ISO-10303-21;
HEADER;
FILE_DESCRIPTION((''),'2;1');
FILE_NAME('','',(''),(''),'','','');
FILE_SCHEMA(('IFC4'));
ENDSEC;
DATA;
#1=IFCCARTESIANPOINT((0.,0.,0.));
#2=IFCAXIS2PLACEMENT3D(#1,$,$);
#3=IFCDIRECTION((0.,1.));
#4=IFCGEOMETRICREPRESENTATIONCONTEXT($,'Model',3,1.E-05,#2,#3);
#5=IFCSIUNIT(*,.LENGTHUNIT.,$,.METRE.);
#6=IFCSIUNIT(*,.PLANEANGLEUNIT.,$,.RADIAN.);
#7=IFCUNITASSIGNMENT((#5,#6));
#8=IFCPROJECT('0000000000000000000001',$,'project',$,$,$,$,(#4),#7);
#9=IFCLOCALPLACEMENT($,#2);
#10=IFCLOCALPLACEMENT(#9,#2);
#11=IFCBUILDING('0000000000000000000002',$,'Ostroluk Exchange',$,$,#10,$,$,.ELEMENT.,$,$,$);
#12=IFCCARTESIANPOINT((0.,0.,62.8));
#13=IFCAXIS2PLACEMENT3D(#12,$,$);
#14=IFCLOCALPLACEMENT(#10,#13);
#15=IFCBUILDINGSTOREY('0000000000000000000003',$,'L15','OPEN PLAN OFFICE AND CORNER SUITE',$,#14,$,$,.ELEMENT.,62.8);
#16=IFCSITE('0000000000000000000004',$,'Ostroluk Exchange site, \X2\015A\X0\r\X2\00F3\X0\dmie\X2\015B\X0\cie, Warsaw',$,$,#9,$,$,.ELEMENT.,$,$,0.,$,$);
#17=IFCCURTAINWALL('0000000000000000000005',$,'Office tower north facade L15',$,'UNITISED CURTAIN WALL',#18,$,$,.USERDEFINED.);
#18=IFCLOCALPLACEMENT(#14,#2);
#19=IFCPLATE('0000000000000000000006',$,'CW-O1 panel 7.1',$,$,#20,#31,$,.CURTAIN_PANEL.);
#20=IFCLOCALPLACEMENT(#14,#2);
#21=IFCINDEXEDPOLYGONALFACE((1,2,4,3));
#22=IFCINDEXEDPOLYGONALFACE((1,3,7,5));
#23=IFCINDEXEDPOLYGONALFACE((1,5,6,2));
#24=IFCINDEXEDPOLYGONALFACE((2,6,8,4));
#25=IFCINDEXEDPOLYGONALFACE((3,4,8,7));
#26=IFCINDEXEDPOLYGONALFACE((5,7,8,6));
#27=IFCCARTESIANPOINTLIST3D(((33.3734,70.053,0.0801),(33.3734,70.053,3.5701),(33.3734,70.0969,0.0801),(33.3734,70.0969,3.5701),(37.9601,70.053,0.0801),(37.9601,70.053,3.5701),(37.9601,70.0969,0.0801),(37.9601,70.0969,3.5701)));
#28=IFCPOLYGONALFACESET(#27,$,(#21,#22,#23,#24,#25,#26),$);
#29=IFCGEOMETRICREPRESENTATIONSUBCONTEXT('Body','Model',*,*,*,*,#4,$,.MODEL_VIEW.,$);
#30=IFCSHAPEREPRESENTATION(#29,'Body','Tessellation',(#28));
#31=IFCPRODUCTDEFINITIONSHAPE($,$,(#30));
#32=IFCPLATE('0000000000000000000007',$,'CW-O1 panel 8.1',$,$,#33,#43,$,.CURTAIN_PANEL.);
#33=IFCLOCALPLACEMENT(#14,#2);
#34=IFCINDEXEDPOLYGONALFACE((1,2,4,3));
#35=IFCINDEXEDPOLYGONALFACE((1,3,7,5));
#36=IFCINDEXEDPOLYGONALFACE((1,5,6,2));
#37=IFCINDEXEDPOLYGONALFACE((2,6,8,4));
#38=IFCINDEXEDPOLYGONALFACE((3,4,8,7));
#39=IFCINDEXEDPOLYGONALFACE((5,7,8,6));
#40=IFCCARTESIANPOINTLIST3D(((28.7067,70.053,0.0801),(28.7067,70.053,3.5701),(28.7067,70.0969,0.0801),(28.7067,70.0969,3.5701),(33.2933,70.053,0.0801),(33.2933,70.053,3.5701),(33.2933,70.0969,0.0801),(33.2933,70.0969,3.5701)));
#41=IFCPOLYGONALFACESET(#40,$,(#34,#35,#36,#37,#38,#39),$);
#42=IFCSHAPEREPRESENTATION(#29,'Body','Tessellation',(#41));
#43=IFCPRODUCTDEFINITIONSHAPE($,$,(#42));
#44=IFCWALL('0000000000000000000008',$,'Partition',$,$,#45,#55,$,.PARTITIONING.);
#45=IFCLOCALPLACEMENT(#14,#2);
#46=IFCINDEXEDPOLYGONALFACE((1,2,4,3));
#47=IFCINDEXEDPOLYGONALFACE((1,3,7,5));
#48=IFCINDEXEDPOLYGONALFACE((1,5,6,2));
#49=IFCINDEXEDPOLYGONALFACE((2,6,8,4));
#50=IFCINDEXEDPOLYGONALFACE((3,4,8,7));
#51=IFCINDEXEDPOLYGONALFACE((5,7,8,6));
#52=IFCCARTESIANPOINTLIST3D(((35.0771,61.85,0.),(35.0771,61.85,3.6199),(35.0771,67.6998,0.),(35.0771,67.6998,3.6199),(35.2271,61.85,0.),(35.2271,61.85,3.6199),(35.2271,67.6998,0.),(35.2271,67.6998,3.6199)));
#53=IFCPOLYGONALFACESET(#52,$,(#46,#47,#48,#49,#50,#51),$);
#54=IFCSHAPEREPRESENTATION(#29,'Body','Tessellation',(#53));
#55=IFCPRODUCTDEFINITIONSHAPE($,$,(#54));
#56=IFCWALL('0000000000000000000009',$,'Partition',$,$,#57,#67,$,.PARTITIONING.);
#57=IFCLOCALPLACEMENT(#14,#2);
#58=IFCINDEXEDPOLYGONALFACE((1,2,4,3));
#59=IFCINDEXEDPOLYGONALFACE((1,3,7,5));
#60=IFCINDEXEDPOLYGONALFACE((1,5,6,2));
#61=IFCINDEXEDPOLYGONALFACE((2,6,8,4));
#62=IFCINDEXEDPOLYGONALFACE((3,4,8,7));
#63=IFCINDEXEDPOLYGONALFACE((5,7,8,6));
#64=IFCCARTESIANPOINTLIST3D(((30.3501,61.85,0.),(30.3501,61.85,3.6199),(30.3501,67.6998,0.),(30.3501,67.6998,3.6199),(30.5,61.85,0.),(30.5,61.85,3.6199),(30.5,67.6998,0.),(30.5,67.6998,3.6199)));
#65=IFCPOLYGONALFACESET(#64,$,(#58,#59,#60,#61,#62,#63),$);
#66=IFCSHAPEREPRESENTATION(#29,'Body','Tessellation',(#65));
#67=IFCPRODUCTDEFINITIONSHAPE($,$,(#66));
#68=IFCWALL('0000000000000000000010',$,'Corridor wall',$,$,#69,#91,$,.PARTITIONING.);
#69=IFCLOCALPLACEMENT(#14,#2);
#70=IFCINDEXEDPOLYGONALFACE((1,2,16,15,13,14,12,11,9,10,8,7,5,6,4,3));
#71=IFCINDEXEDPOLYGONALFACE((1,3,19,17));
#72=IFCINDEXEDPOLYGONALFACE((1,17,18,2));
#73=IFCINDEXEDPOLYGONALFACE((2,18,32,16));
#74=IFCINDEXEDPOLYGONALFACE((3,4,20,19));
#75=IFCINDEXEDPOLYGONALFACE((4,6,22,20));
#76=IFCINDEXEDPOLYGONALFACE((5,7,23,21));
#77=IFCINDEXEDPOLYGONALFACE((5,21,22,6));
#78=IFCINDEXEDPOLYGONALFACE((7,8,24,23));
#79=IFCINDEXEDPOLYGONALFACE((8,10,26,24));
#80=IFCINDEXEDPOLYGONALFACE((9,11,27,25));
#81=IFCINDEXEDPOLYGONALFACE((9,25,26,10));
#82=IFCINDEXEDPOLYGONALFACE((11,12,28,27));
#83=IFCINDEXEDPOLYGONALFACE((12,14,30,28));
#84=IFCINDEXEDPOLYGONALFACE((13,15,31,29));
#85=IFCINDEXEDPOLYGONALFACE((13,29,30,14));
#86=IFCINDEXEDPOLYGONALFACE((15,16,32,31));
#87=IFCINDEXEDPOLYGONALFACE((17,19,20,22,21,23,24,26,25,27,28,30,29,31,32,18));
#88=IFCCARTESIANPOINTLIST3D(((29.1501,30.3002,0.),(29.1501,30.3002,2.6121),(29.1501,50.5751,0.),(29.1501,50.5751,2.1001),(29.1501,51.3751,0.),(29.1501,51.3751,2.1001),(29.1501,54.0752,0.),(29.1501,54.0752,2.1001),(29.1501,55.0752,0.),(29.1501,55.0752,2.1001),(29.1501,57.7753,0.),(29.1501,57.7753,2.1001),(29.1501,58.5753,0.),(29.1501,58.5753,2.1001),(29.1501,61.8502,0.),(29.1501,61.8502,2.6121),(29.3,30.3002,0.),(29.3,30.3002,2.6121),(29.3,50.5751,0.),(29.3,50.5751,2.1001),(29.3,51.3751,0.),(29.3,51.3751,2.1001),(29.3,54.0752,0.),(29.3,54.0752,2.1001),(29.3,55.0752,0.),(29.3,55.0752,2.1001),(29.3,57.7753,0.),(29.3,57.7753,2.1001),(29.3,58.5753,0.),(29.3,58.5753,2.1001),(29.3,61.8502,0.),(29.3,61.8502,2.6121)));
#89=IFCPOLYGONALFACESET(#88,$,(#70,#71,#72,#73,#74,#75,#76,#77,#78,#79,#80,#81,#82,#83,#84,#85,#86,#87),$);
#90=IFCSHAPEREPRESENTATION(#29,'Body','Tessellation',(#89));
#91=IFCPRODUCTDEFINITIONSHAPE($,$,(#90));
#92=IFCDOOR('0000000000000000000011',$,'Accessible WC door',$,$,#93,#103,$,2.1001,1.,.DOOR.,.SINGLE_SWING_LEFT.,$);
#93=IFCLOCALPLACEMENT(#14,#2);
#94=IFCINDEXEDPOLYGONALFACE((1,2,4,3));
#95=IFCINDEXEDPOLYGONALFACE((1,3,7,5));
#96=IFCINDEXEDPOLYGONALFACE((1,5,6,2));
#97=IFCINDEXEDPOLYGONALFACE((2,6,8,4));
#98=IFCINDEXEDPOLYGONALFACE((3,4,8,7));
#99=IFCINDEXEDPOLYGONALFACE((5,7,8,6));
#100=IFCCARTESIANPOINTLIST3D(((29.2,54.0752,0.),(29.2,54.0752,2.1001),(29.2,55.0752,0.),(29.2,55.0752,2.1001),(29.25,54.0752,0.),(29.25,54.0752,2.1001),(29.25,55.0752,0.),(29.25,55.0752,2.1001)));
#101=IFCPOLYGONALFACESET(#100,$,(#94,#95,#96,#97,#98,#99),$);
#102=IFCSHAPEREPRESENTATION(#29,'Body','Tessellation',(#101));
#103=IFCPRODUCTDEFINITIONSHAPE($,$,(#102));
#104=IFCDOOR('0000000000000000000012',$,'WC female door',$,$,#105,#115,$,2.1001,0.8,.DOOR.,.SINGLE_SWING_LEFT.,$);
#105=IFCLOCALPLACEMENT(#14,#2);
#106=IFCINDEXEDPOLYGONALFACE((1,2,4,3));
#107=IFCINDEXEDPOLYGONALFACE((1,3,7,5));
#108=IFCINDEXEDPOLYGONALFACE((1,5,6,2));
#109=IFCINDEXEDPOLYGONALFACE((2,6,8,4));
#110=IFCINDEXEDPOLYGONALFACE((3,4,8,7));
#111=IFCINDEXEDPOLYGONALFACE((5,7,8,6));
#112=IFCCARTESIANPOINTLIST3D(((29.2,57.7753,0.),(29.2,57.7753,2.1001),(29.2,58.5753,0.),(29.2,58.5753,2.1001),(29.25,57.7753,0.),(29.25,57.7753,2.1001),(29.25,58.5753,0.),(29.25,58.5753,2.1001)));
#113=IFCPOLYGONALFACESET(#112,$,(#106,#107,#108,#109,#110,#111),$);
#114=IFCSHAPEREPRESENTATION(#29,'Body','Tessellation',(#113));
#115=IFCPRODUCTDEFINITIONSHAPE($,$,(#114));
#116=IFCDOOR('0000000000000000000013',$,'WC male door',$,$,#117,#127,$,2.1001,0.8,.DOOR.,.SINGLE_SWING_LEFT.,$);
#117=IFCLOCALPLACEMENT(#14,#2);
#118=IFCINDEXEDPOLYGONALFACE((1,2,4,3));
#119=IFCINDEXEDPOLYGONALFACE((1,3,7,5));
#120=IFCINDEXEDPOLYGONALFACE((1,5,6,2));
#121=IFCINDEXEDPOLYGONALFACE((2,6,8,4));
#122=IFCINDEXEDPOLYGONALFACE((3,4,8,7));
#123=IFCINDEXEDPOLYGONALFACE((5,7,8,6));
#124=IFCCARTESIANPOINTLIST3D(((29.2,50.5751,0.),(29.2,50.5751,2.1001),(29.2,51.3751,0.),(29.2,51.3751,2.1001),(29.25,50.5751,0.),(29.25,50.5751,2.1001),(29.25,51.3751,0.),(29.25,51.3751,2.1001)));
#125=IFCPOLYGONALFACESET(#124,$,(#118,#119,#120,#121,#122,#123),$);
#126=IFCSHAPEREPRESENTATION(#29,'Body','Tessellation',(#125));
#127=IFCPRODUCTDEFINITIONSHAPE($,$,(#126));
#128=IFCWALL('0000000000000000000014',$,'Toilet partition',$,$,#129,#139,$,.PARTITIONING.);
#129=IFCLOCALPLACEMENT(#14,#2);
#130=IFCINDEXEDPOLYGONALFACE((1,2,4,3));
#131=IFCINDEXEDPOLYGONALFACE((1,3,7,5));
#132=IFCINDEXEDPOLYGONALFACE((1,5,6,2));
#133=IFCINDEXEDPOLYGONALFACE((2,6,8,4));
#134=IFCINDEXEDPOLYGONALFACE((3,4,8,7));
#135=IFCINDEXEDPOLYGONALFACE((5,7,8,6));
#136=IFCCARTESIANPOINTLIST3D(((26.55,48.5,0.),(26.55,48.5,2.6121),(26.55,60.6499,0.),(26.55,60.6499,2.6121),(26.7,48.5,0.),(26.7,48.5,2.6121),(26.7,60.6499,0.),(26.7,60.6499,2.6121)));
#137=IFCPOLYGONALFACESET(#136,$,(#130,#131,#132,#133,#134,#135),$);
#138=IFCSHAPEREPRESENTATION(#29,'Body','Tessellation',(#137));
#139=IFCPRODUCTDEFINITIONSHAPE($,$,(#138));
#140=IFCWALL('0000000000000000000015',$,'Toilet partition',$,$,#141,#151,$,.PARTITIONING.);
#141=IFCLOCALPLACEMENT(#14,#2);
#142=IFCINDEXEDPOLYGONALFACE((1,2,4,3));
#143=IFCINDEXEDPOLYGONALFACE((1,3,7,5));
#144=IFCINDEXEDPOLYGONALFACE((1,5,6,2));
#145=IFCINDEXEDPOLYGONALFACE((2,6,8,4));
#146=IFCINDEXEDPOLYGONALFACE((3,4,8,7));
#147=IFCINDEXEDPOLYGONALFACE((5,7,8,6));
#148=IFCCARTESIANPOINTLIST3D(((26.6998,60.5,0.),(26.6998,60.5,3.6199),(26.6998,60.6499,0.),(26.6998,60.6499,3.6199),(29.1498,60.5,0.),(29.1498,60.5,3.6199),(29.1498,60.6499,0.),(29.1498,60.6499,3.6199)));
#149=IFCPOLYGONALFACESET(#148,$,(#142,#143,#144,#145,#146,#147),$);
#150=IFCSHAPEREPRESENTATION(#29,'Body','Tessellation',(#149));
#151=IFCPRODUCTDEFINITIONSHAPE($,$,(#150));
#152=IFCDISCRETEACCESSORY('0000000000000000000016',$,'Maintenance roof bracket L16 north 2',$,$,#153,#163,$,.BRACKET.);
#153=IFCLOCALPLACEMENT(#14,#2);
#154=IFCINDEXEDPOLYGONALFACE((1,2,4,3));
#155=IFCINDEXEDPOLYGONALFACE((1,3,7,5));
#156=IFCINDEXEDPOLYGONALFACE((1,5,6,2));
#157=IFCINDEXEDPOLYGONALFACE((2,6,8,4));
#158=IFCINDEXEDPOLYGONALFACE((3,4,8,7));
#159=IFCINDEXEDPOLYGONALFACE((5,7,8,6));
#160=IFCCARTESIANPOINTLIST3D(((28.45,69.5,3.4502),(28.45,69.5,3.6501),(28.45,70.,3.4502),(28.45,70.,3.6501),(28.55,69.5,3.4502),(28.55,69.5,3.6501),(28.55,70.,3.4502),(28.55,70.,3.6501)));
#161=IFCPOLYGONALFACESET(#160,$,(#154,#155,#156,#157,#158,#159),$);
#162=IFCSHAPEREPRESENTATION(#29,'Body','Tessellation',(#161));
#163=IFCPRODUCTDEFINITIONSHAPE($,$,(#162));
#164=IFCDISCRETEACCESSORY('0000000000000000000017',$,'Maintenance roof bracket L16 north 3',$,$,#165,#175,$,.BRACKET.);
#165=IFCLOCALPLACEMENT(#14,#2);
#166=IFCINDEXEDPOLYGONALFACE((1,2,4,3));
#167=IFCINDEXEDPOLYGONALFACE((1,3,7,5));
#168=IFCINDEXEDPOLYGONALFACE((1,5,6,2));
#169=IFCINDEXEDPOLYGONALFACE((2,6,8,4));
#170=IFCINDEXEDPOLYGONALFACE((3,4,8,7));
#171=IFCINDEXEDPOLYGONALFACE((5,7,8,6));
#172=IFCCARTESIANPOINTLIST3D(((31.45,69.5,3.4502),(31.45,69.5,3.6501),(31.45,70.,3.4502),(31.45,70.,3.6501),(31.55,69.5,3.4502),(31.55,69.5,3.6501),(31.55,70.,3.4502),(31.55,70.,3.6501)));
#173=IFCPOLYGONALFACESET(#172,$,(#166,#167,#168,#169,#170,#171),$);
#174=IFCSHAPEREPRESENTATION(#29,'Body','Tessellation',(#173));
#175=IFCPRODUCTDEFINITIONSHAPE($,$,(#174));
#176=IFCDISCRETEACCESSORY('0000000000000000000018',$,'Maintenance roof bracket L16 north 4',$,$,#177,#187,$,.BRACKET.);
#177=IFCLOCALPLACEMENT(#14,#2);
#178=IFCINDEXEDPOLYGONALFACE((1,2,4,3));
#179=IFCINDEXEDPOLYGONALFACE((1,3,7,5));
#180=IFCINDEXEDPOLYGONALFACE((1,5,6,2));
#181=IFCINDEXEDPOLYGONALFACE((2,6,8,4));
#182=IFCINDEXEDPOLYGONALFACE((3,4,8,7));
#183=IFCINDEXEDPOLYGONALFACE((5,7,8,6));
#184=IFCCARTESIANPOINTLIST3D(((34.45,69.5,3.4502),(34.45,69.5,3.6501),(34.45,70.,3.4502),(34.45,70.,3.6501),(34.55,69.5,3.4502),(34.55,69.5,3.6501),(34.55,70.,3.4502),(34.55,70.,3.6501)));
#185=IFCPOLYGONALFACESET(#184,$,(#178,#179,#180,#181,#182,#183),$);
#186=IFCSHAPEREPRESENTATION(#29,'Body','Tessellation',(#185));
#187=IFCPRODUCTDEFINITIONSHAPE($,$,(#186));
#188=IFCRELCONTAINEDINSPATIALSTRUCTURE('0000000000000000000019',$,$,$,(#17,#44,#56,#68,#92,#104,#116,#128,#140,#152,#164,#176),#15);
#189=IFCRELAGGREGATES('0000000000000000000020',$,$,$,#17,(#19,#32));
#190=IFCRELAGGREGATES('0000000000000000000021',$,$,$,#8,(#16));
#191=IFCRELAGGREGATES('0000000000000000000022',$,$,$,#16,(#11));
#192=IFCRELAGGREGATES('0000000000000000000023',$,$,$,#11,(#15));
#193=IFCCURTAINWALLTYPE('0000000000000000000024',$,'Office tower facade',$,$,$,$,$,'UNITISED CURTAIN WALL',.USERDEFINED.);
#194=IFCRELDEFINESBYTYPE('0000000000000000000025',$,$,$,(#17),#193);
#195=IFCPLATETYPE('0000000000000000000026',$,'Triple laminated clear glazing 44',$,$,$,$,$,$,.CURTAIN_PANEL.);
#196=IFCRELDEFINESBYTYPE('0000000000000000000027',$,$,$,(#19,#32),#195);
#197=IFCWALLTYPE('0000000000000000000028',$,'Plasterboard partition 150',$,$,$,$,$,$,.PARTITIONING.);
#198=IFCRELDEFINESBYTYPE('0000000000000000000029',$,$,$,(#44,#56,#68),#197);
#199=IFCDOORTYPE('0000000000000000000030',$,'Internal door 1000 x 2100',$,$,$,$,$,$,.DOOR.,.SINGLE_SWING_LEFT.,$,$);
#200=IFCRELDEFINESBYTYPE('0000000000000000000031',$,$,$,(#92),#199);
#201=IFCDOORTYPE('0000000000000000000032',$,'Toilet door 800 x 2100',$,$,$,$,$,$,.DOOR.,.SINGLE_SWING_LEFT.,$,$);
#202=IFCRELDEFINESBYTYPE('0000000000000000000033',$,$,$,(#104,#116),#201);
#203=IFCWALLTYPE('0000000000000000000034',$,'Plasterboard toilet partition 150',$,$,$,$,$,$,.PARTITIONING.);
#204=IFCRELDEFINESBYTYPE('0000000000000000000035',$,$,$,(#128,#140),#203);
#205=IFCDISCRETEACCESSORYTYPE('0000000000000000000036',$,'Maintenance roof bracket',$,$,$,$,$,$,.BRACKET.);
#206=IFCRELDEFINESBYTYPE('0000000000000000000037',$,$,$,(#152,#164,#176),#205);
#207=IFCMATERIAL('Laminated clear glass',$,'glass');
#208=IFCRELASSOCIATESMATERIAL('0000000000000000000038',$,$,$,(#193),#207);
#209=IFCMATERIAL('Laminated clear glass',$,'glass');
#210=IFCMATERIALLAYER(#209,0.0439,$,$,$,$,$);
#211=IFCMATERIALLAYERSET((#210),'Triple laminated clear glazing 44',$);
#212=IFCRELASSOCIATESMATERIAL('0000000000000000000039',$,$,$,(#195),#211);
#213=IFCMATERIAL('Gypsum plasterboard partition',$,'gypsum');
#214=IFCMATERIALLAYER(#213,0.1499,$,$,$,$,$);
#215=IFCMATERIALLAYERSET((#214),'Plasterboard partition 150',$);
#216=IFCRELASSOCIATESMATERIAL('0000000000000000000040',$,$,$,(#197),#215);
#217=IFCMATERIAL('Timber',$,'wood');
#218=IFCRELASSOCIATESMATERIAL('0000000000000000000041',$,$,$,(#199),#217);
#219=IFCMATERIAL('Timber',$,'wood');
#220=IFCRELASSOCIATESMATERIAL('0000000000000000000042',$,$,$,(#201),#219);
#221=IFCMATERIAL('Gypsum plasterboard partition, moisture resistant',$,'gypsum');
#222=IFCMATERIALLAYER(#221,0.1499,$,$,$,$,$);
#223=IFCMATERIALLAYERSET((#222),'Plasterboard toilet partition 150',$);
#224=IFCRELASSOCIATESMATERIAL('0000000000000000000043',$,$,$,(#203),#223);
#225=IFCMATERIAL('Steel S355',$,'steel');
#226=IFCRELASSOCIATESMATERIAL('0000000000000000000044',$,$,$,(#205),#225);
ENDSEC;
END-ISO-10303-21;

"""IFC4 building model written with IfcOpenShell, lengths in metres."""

from ifc_helpers import new_model, si_unit, direction, frame, frame_2d, origin, origin_2d, place, context, subcontext, project, spatial, rectangle, extrude, material, layer, layer_set, type_object, element, fill, aggregate, save


model = new_model("IFC4")

# Units and contexts
model_context = context("Model", 3, precision=1e-05, world=origin(), true_north=direction((0.0, 1.0)))
body_context = subcontext(model_context, "Body", "Model", "MODEL_VIEW")
ifc_project = project(units=[si_unit("LENGTHUNIT", "METRE"), si_unit("PLANEANGLEUNIT", "RADIAN")], contexts=[model_context])

# Site, building, storey
site_placement = place(None, origin())
site = spatial("IfcSite", under=ifc_project, at=site_placement, Name="Ostroluk Exchange site, Śródmieście, Warsaw", CompositionType="ELEMENT", RefElevation=0.0)
building_placement = place(site_placement, origin())
building = spatial("IfcBuilding", under=site, at=building_placement, Name="Ostroluk Exchange", CompositionType="ELEMENT")
storey_placement = place(building_placement, frame((0.0, 0.0, 62.8)))
storey = spatial("IfcBuildingStorey", under=building, at=storey_placement, Name="L15", Description="OPEN PLAN OFFICE AND CORNER SUITE", CompositionType="ELEMENT", Elevation=62.8)

# Curtain wall, plates
ifc_material_1 = material(Name="Laminated clear glass", Category="glass")
curtain_wall_type = type_object("IfcCurtainWallType", Name="Office tower facade", ElementType="UNITISED CURTAIN WALL", PredefinedType="USERDEFINED", material=ifc_material_1)
curtain_wall_placement = place(storey_placement, origin())
curtain_wall = element("IfcCurtainWall", 1, at=curtain_wall_placement, inside=storey, type_object=curtain_wall_type, Name="Office tower north facade L15", ObjectType="UNITISED CURTAIN WALL", PredefinedType="USERDEFINED")
ifc_material_2 = material(Name="Laminated clear glass", Category="glass")
ifc_layer_1 = layer(ifc_material_2, 0.0439)
ifc_layer_set_1 = layer_set([ifc_layer_1], Name="Triple laminated clear glazing 44")
plate_type = type_object("IfcPlateType", Name="Triple laminated clear glazing 44", PredefinedType="CURTAIN_PANEL", material=ifc_layer_set_1)
plate_1_placement = place(storey_placement, frame((35.6667, 70.075, 0.0801), z_axis=(0.0, 0.0, 1.0), x_axis=(-1.0, 0.0, 0.0)))
plate_1 = element("IfcPlate", 2, at=plate_1_placement, type_object=plate_type, Name="CW-O1 panel 7.1", PredefinedType="CURTAIN_PANEL", context=body_context, shape_type="SweptSolid", body=[
    extrude(rectangle(XDim=4.5867, YDim=0.0439, at=origin_2d()), origin(), (0.0, 0.0, 1.0), 3.49),
])
plate_2_placement = place(storey_placement, frame((31.0, 70.075, 0.0801), z_axis=(0.0, 0.0, 1.0), x_axis=(-1.0, 0.0, 0.0)))
plate_2 = element("IfcPlate", 3, at=plate_2_placement, type_object=plate_type, Name="CW-O1 panel 8.1", PredefinedType="CURTAIN_PANEL", context=body_context, shape_type="SweptSolid", body=[
    extrude(rectangle(XDim=4.5867, YDim=0.0439, at=origin_2d()), origin(), (0.0, 0.0, 1.0), 3.49),
])
aggregate(curtain_wall, [plate_1, plate_2])

# Walls
ifc_material_3 = material(Name="Gypsum plasterboard partition", Category="gypsum")
ifc_layer_2 = layer(ifc_material_3, 0.1499)
ifc_layer_set_2 = layer_set([ifc_layer_2], Name="Plasterboard partition 150")
wall_type_1 = type_object("IfcWallType", Name="Plasterboard partition 150", PredefinedType="PARTITIONING", material=ifc_layer_set_2)
for number, where, z_axis, x_axis, name in (
    (4, (35.1521, 61.8501, 0.0), (0.0, 0.0, 1.0), (0.0, 1.0, 0.0), "Partition"),
    (5, (30.425, 61.8501, 0.0), (0.0, 0.0, 1.0), (0.0, 1.0, 0.0), "Partition"),
):
    element("IfcWall", number, at=place(storey_placement, frame(where, z_axis=z_axis, x_axis=x_axis)), inside=storey, type_object=wall_type_1, Name=name, PredefinedType="PARTITIONING", context=body_context, shape_type="SweptSolid", body=[
        extrude(rectangle(XDim=5.8499, YDim=0.1499, at=frame_2d((2.9248, 0.0))), origin(), (0.0, 0.0, 1.0), 3.6199),
    ])

# Wall, openings, doors
wall_1_placement = place(storey_placement, frame((29.2251, 61.8501, 0.0), z_axis=(0.0, 0.0, 1.0), x_axis=(0.0, -1.0, 0.0)))
wall_1 = element("IfcWall", 6, at=wall_1_placement, inside=storey, type_object=wall_type_1, Name="Corridor wall", PredefinedType="PARTITIONING", context=body_context, shape_type="SweptSolid", body=[
    extrude(rectangle(XDim=31.55, YDim=0.1499, at=frame_2d((15.7749, 0.0))), origin(), (0.0, 0.0, 1.0), 2.6121),
])
opening_1_placement = place(wall_1_placement, frame((3.2749, 0.0, 0.0)))
opening_1 = element("IfcOpeningElement", 7, at=opening_1_placement, cuts=wall_1, PredefinedType="OPENING", context=body_context, shape_type="SweptSolid", body=[
    extrude(rectangle(XDim=0.8, YDim=2.1001, at=frame_2d((0.3999, 1.05))), frame((0.0, 0.085, 0.0), z_axis=(0.0, -1.0, 0.0), x_axis=(1.0, 0.0, 0.0)), (0.0, 0.0, 1.0), 0.1699),
])
opening_2_placement = place(wall_1_placement, frame((6.7749, 0.0, 0.0)))
opening_2 = element("IfcOpeningElement", 8, at=opening_2_placement, cuts=wall_1, PredefinedType="OPENING", context=body_context, shape_type="SweptSolid", body=[
    extrude(rectangle(XDim=1.0, YDim=2.1001, at=frame_2d((0.5, 1.05))), frame((0.0, 0.085, 0.0), z_axis=(0.0, -1.0, 0.0), x_axis=(1.0, 0.0, 0.0)), (0.0, 0.0, 1.0), 0.1699),
])
opening_3_placement = place(wall_1_placement, frame((10.4751, 0.0, 0.0)))
opening_3 = element("IfcOpeningElement", 9, at=opening_3_placement, cuts=wall_1, PredefinedType="OPENING", context=body_context, shape_type="SweptSolid", body=[
    extrude(rectangle(XDim=0.8, YDim=2.1001, at=frame_2d((0.3999, 1.05))), frame((0.0, 0.085, 0.0), z_axis=(0.0, -1.0, 0.0), x_axis=(1.0, 0.0, 0.0)), (0.0, 0.0, 1.0), 0.1699),
])
ifc_material_4 = material(Name="Timber", Category="wood")
door_type_1 = type_object("IfcDoorType", Name="Internal door 1000 x 2100", OperationType="SINGLE_SWING_LEFT", PredefinedType="DOOR", material=ifc_material_4)
door_1_placement = place(opening_2_placement, origin())
door_1 = element("IfcDoor", 10, at=door_1_placement, inside=storey, type_object=door_type_1, Name="Accessible WC door", OperationType="SINGLE_SWING_LEFT", OverallHeight=2.1001, OverallWidth=1.0, PredefinedType="DOOR", context=body_context, shape_type="SweptSolid", body=[
    extrude(rectangle(XDim=1.0, YDim=2.1001, at=frame_2d((0.5, 1.05))), frame((0.0, 0.0249, 0.0), z_axis=(0.0, -1.0, 0.0), x_axis=(1.0, 0.0, 0.0)), (0.0, 0.0, 1.0), 0.05),
])
fill(opening_2, door_1)
ifc_material_5 = material(Name="Timber", Category="wood")
door_type_2 = type_object("IfcDoorType", Name="Toilet door 800 x 2100", OperationType="SINGLE_SWING_LEFT", PredefinedType="DOOR", material=ifc_material_5)
door_2_placement = place(opening_1_placement, origin())
door_2 = element("IfcDoor", 11, at=door_2_placement, inside=storey, type_object=door_type_2, Name="WC female door", OperationType="SINGLE_SWING_LEFT", OverallHeight=2.1001, OverallWidth=0.8, PredefinedType="DOOR", context=body_context, shape_type="SweptSolid", body=[
    extrude(rectangle(XDim=0.8, YDim=2.1001, at=frame_2d((0.3999, 1.05))), frame((0.0, 0.0249, 0.0), z_axis=(0.0, -1.0, 0.0), x_axis=(1.0, 0.0, 0.0)), (0.0, 0.0, 1.0), 0.05),
])
fill(opening_1, door_2)
door_3_placement = place(opening_3_placement, origin())
door_3 = element("IfcDoor", 12, at=door_3_placement, inside=storey, type_object=door_type_2, Name="WC male door", OperationType="SINGLE_SWING_LEFT", OverallHeight=2.1001, OverallWidth=0.8, PredefinedType="DOOR", context=body_context, shape_type="SweptSolid", body=[
    extrude(rectangle(XDim=0.8, YDim=2.1001, at=frame_2d((0.3999, 1.05))), frame((0.0, 0.0249, 0.0), z_axis=(0.0, -1.0, 0.0), x_axis=(1.0, 0.0, 0.0)), (0.0, 0.0, 1.0), 0.05),
])
fill(opening_3, door_3)

# Walls
ifc_material_6 = material(Name="Gypsum plasterboard partition, moisture resistant", Category="gypsum")
ifc_layer_3 = layer(ifc_material_6, 0.1499)
ifc_layer_set_3 = layer_set([ifc_layer_3], Name="Plasterboard toilet partition 150")
wall_type_2 = type_object("IfcWallType", Name="Plasterboard toilet partition 150", PredefinedType="PARTITIONING", material=ifc_layer_set_3)
wall_2_placement = place(storey_placement, frame((26.625, 60.6499, 0.0), z_axis=(0.0, 0.0, 1.0), x_axis=(0.0, -1.0, 0.0)))
element("IfcWall", 13, at=wall_2_placement, inside=storey, type_object=wall_type_2, Name="Toilet partition", PredefinedType="PARTITIONING", context=body_context, shape_type="SweptSolid", body=[
    extrude(rectangle(XDim=12.1499, YDim=0.1499, at=frame_2d((6.075, 0.0))), origin(), (0.0, 0.0, 1.0), 2.6121),
])
wall_3_placement = place(storey_placement, frame((29.1499, 60.575, 0.0), z_axis=(0.0, 0.0, 1.0), x_axis=(-1.0, 0.0, 0.0)))
element("IfcWall", 14, at=wall_3_placement, inside=storey, type_object=wall_type_2, Name="Toilet partition", PredefinedType="PARTITIONING", context=body_context, shape_type="SweptSolid", body=[
    extrude(rectangle(XDim=2.45, YDim=0.1499, at=frame_2d((1.2251, 0.0))), origin(), (0.0, 0.0, 1.0), 3.6199),
])

# Discrete accessories
ifc_material_7 = material(Name="Steel S355", Category="steel")
discrete_accessory_type = type_object("IfcDiscreteAccessoryType", Name="Maintenance roof bracket", PredefinedType="BRACKET", material=ifc_material_7)
for number, where, z_axis, x_axis, name in (
    (15, (28.5, 69.75, 3.4502), (0.0, 0.0, 1.0), (1.0, 0.0, 0.0), "Maintenance roof bracket L16 north 2"),
    (16, (31.5, 69.75, 3.4502), (0.0, 0.0, 1.0), (1.0, 0.0, 0.0), "Maintenance roof bracket L16 north 3"),
    (17, (34.5, 69.75, 3.4502), (0.0, 0.0, 1.0), (1.0, 0.0, 0.0), "Maintenance roof bracket L16 north 4"),
):
    element("IfcDiscreteAccessory", number, at=place(storey_placement, frame(where, z_axis=z_axis, x_axis=x_axis)), inside=storey, type_object=discrete_accessory_type, Name=name, PredefinedType="BRACKET", context=body_context, shape_type="SweptSolid", body=[
        extrude(rectangle(XDim=0.1001, YDim=0.5, at=origin_2d()), origin(), (0.0, 0.0, 1.0), 0.2),
    ])

save(model, "model.ifc")
